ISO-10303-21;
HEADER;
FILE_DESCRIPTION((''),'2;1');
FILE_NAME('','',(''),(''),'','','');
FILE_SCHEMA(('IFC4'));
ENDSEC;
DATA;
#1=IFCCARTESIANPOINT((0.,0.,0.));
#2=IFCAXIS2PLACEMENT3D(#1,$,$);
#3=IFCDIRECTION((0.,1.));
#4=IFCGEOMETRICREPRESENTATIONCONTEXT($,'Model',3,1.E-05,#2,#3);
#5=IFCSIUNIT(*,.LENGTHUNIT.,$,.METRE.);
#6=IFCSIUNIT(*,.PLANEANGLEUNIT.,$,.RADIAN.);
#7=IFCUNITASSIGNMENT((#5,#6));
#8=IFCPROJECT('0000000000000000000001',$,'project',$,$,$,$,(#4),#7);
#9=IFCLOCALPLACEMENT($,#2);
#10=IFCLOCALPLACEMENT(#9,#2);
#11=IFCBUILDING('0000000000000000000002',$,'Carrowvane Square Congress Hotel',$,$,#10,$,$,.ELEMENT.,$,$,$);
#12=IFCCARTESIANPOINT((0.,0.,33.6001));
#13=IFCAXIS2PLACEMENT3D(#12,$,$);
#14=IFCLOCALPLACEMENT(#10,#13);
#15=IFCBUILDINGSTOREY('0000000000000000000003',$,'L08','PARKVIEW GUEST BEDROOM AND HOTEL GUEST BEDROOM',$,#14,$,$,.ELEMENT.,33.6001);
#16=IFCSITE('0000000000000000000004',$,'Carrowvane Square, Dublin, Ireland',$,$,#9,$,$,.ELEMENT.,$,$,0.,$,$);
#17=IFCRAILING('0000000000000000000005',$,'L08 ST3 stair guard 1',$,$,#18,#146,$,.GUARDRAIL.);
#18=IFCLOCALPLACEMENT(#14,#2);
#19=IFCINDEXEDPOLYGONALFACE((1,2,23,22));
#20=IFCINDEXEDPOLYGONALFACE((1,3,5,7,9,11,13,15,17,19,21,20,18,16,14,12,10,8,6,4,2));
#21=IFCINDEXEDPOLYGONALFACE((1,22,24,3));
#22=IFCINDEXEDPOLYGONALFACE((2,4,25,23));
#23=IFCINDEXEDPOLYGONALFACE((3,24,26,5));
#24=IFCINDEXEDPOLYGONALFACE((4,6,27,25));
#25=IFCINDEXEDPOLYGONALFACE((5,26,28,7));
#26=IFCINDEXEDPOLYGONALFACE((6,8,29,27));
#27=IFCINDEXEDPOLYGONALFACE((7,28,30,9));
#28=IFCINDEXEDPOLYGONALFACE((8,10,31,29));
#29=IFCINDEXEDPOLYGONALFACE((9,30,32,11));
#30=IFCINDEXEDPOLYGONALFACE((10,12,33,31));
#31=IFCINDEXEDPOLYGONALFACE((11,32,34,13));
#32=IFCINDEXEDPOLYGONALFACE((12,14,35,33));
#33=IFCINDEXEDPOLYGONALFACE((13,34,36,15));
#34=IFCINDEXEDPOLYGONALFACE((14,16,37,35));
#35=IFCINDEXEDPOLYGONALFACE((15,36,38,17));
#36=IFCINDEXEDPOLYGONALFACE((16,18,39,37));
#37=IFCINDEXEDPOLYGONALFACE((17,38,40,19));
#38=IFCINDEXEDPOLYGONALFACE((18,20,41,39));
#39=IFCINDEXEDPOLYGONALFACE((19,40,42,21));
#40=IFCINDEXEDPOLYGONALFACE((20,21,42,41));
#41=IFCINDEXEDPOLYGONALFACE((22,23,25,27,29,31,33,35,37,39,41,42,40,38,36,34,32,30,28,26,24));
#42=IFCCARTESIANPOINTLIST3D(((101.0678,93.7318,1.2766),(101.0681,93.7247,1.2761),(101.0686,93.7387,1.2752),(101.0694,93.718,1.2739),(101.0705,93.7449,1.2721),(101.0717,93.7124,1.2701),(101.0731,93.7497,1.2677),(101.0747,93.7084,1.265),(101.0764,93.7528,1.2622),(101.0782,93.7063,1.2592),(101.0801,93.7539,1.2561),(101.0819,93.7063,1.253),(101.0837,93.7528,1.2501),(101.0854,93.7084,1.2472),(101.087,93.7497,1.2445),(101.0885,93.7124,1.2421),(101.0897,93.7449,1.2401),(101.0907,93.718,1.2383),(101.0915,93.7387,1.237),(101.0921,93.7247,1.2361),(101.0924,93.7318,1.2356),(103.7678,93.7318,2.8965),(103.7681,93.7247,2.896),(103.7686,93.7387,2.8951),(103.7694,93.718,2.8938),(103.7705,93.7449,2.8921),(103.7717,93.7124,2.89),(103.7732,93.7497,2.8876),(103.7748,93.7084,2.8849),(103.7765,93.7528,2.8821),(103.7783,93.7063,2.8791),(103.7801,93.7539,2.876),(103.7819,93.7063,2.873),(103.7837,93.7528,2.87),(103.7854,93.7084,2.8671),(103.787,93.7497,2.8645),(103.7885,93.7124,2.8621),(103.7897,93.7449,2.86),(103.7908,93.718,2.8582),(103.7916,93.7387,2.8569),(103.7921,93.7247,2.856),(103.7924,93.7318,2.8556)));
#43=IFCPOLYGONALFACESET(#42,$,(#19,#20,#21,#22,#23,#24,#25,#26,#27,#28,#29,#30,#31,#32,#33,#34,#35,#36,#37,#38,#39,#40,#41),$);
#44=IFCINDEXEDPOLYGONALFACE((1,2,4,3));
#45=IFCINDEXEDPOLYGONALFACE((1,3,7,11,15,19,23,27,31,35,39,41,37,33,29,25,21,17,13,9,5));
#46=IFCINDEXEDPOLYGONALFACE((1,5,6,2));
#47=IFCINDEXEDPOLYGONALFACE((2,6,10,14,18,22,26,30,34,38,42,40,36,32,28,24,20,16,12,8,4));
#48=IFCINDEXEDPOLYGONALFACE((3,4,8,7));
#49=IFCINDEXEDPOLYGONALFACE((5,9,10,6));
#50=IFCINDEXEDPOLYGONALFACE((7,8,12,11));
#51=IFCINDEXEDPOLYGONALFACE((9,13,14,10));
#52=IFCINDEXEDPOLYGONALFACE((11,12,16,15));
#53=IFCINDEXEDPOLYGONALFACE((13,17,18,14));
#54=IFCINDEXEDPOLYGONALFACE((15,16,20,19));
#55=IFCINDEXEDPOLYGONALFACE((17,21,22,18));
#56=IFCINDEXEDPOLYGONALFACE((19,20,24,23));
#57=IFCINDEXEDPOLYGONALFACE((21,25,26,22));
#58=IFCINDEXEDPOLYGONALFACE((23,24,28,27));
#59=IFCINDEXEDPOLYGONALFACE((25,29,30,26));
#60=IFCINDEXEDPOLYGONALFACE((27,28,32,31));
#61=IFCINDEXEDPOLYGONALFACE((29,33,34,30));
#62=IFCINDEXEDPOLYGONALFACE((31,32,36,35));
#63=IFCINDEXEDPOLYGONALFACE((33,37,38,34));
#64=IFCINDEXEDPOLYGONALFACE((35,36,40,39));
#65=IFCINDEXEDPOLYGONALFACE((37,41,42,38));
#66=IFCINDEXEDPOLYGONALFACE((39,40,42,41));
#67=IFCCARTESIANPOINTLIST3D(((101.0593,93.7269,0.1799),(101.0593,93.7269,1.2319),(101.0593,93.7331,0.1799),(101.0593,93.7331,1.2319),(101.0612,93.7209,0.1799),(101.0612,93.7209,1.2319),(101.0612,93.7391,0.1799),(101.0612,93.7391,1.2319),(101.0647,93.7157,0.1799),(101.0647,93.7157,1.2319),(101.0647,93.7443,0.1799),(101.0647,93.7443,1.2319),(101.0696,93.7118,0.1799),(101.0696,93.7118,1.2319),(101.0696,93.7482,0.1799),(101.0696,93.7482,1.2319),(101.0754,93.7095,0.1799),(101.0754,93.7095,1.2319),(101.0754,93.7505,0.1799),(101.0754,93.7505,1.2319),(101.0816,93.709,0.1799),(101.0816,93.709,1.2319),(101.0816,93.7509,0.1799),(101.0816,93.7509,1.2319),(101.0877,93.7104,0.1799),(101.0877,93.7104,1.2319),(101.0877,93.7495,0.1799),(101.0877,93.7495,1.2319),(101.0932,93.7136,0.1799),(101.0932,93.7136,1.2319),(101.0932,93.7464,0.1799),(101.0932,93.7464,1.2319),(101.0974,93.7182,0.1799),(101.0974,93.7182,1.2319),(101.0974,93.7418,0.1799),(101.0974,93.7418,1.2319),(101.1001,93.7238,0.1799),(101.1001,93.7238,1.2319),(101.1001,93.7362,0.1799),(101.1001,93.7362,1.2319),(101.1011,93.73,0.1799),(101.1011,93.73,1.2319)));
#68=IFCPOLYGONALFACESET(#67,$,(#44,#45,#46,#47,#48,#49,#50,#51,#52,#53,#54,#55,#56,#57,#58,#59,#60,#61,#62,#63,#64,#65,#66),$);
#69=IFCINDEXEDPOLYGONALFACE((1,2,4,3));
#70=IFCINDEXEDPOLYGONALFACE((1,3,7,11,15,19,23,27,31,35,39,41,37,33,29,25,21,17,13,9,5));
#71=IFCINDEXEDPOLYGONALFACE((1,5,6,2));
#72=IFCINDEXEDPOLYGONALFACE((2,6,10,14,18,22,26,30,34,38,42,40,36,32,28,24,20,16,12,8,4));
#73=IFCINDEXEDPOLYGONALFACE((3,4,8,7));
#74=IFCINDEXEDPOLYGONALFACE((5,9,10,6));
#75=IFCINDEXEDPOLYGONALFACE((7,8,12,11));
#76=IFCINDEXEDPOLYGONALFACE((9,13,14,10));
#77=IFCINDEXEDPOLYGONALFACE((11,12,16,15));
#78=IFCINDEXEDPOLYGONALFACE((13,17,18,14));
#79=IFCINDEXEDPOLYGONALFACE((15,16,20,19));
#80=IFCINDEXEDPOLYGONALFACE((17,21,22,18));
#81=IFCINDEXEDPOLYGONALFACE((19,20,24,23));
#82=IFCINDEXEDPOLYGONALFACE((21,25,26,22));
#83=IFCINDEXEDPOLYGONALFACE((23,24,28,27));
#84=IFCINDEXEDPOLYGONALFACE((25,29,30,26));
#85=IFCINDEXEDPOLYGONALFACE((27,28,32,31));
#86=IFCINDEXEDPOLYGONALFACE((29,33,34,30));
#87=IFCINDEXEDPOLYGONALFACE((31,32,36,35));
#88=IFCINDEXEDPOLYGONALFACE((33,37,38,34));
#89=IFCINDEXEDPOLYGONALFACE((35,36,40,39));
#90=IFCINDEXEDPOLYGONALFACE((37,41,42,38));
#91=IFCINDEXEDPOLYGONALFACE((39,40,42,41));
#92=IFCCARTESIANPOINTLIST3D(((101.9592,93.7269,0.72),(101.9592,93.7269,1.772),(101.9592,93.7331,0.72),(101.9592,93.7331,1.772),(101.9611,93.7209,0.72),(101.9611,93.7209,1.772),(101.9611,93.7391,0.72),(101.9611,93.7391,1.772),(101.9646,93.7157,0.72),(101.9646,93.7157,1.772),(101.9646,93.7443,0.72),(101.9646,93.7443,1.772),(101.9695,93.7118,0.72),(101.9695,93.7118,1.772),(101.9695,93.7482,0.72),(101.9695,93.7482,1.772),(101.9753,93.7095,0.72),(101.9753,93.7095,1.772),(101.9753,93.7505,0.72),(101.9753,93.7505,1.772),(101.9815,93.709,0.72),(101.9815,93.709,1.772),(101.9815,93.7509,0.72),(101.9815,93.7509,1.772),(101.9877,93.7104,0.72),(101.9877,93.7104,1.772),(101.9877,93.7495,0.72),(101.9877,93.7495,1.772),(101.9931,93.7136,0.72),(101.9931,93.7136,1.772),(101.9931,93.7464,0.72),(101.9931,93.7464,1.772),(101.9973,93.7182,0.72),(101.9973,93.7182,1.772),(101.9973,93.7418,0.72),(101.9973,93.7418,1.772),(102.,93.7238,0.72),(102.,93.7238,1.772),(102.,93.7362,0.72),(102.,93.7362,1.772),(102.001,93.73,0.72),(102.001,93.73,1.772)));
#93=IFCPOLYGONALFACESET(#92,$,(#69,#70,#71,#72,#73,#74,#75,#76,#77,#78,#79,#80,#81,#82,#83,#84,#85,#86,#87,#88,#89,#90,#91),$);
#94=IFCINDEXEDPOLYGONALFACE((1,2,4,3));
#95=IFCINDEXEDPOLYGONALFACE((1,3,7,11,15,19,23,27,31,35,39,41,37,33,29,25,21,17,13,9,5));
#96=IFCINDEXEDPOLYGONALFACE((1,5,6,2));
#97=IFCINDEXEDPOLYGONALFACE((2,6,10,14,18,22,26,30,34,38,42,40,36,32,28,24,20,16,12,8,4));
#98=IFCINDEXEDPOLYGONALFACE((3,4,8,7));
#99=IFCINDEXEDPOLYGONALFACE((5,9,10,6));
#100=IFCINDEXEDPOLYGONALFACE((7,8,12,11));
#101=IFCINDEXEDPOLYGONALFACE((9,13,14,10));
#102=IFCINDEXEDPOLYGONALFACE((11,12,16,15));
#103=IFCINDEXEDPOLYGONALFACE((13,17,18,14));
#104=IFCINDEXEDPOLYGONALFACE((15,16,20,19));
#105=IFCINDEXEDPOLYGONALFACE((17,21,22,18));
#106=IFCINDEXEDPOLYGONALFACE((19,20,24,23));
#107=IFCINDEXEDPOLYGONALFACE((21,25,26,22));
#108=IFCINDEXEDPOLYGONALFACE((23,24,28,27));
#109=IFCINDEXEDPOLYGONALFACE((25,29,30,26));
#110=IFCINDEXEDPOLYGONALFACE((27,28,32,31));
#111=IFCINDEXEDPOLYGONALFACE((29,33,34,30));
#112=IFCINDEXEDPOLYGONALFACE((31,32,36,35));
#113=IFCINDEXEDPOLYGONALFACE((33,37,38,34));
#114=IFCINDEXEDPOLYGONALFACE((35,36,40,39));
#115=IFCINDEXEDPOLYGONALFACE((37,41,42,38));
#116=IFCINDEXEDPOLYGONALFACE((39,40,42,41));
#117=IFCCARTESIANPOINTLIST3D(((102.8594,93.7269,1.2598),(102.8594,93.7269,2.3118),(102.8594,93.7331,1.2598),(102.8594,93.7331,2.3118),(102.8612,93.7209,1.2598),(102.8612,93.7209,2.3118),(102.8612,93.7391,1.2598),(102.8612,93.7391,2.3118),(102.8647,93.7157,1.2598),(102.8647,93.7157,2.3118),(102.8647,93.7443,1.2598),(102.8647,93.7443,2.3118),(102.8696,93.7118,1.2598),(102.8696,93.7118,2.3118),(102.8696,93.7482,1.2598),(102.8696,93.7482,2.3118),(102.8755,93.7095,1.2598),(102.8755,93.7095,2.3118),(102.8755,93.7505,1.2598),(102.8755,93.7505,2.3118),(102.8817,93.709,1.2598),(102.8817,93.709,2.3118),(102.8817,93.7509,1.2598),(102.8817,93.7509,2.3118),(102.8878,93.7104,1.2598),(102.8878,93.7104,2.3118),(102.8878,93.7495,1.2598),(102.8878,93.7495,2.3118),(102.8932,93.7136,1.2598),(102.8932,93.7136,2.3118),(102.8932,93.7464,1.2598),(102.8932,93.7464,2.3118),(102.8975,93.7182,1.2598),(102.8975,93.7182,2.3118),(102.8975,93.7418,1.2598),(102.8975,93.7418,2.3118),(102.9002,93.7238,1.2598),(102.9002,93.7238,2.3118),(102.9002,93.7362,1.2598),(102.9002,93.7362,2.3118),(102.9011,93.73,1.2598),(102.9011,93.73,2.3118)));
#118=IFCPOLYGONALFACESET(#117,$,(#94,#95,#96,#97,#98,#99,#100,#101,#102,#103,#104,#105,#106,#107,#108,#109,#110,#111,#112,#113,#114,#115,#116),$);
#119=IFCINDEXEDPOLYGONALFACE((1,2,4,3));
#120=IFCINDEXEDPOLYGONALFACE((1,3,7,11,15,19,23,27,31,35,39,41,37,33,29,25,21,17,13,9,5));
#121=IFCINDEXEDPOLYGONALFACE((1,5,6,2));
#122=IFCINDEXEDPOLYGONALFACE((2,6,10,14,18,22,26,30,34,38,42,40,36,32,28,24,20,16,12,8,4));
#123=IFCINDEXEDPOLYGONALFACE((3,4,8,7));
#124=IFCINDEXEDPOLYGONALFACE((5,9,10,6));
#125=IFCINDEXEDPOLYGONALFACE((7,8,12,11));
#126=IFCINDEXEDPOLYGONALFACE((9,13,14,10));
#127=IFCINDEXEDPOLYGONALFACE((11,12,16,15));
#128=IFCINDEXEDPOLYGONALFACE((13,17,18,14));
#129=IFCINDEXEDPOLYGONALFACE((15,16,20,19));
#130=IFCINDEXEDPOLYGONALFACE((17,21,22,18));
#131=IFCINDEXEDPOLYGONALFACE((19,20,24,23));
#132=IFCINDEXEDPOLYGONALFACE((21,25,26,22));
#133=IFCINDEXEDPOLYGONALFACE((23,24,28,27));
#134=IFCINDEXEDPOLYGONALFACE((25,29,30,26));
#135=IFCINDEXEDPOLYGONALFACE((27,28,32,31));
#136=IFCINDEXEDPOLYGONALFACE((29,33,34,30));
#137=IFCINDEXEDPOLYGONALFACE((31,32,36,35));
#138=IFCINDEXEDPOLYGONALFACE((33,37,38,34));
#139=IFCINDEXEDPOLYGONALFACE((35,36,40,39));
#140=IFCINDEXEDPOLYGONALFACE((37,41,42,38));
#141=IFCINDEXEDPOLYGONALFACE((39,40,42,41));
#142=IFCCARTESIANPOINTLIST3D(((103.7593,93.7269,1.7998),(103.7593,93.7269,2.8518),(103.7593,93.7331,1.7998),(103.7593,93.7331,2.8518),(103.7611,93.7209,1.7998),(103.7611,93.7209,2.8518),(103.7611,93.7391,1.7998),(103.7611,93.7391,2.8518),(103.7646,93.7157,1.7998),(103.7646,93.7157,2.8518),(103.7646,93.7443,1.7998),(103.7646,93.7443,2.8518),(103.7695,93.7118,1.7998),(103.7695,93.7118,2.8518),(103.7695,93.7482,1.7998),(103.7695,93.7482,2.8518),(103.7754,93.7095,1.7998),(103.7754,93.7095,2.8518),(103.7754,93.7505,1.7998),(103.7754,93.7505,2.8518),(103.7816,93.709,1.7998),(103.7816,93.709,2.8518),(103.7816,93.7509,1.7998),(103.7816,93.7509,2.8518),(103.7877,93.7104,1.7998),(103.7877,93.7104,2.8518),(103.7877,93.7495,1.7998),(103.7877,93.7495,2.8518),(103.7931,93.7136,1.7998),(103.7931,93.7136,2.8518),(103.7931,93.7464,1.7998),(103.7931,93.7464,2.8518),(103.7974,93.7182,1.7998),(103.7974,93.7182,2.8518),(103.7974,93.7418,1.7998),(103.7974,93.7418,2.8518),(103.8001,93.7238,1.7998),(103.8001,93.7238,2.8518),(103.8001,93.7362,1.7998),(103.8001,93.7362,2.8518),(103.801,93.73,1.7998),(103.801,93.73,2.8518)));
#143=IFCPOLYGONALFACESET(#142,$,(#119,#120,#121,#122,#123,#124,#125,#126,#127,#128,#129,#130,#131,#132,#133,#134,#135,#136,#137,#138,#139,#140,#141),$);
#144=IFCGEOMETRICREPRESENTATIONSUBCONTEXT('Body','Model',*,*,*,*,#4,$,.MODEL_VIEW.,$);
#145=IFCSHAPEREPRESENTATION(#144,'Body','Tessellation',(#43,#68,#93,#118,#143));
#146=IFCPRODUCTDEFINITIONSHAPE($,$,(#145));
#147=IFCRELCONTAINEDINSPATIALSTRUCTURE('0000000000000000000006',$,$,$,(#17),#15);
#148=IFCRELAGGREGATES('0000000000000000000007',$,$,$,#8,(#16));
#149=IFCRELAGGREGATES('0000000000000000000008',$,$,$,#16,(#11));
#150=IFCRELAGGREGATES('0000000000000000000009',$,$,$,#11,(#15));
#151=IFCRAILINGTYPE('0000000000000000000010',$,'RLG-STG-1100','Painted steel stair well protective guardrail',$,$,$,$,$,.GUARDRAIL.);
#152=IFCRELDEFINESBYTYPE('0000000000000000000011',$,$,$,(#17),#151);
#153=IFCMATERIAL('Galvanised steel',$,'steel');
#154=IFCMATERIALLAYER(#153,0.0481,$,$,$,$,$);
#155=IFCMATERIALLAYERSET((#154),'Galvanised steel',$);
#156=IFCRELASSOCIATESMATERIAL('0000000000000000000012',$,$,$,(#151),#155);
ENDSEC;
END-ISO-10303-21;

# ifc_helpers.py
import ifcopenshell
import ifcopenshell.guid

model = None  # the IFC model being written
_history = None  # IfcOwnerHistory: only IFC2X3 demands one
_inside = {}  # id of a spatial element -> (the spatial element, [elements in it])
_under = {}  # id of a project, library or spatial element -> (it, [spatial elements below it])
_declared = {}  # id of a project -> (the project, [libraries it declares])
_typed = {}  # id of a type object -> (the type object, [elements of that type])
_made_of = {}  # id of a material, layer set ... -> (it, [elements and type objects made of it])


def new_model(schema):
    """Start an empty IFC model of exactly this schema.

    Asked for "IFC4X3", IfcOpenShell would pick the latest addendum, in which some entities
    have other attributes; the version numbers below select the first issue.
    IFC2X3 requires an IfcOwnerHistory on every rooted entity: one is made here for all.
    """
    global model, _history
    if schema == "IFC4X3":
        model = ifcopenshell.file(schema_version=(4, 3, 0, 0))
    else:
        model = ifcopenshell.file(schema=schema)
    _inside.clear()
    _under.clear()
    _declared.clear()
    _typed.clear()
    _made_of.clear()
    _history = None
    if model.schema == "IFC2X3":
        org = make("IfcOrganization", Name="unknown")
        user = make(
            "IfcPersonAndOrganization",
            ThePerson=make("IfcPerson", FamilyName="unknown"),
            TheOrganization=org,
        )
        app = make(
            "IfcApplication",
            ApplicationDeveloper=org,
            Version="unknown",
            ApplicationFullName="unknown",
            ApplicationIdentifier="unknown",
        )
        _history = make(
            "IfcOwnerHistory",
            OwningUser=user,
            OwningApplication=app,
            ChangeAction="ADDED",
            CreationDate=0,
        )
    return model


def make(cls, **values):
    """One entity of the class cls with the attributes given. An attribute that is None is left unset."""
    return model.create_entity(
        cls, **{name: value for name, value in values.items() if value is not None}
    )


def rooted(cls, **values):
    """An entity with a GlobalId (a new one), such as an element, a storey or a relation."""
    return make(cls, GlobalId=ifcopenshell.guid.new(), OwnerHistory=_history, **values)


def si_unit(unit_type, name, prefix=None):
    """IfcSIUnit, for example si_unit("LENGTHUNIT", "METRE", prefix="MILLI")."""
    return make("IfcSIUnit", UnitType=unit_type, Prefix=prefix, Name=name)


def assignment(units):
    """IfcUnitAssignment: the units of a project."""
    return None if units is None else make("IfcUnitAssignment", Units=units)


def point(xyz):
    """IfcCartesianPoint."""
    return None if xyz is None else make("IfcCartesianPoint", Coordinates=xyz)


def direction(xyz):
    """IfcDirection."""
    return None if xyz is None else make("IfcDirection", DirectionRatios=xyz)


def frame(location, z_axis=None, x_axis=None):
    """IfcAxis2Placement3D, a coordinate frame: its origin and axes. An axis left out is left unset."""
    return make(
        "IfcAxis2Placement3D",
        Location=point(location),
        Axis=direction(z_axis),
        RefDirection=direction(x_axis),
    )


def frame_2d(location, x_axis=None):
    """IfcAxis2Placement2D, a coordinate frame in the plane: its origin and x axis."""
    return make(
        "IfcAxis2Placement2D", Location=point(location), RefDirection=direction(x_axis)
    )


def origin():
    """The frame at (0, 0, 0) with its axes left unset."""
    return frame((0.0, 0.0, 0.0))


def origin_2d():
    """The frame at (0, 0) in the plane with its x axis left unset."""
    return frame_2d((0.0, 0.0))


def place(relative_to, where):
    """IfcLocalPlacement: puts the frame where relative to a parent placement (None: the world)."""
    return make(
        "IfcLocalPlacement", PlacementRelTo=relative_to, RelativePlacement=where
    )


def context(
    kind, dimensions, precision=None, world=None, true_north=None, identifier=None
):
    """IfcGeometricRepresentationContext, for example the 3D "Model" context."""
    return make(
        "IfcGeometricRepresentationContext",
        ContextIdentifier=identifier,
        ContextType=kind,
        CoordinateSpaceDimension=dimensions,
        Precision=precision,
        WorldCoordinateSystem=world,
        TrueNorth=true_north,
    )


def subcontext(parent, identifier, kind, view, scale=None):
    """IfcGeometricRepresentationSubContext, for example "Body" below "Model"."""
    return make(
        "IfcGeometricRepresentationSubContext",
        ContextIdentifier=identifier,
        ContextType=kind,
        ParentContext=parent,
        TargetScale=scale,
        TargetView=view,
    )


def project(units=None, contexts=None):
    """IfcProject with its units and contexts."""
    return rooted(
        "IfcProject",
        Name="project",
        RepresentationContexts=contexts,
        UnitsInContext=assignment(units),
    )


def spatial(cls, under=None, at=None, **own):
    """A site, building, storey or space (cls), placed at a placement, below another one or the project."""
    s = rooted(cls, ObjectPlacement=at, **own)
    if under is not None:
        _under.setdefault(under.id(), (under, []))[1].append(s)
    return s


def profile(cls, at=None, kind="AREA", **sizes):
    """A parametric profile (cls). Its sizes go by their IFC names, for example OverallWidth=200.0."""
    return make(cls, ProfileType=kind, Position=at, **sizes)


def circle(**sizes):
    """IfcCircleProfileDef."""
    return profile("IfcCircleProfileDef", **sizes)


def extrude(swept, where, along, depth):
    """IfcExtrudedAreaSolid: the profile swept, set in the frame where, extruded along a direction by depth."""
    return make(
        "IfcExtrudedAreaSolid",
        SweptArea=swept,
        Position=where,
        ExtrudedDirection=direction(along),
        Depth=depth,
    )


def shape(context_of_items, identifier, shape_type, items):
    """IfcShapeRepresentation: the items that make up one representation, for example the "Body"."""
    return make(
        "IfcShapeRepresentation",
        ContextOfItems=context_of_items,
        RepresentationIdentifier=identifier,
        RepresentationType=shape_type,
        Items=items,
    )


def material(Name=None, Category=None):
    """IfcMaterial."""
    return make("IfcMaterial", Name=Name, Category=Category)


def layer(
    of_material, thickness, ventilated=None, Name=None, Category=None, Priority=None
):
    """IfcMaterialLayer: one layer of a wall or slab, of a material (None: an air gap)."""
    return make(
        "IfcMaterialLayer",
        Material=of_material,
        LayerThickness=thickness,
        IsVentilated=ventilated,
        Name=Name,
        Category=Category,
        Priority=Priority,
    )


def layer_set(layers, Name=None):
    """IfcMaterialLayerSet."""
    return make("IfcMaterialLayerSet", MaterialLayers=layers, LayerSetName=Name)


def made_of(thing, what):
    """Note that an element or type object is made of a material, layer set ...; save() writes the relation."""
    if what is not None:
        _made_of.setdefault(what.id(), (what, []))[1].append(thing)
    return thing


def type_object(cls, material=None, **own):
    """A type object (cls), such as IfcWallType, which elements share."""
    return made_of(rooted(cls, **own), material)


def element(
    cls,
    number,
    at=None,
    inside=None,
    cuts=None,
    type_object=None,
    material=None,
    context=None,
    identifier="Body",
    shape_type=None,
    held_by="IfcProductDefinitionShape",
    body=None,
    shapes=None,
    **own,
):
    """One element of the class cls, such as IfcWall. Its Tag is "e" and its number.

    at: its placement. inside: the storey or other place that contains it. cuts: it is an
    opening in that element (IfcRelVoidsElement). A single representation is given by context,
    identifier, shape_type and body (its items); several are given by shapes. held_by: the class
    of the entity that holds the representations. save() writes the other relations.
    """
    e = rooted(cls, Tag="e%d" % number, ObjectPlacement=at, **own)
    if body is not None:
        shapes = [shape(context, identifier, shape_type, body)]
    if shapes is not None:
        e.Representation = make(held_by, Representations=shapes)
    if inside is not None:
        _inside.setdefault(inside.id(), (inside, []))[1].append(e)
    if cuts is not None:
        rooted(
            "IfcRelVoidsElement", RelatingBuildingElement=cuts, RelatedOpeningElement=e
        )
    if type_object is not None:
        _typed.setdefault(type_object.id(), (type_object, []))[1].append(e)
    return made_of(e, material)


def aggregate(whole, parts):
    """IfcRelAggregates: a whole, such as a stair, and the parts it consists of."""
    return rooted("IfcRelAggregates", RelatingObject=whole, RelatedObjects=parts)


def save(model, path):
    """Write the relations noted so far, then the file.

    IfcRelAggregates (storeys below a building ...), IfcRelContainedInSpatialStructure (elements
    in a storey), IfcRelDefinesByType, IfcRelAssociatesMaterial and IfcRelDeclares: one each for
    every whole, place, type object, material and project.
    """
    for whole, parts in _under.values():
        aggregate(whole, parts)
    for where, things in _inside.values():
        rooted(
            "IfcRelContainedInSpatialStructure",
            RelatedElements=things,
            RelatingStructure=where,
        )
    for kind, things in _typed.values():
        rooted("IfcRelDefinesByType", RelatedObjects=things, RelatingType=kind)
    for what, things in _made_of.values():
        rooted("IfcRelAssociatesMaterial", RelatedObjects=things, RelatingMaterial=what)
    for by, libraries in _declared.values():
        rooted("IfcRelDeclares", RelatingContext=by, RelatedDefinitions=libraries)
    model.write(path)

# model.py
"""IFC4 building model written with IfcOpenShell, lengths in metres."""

from ifc_helpers import new_model, si_unit, direction, frame, origin, origin_2d, place, context, subcontext, project, spatial, circle, extrude, material, layer, layer_set, type_object, element, save


model = new_model("IFC4")

# Units and contexts
model_context = context("Model", 3, precision=1e-05, world=origin(), true_north=direction((0.0, 1.0)))
body_context = subcontext(model_context, "Body", "Model", "MODEL_VIEW")
ifc_project = project(units=[si_unit("LENGTHUNIT", "METRE"), si_unit("PLANEANGLEUNIT", "RADIAN")], contexts=[model_context])

# Site, building, storey
site_placement = place(None, origin())
site = spatial("IfcSite", under=ifc_project, at=site_placement, Name="Carrowvane Square, Dublin, Ireland", CompositionType="ELEMENT", RefElevation=0.0)
building_placement = place(site_placement, origin())
building = spatial("IfcBuilding", under=site, at=building_placement, Name="Carrowvane Square Congress Hotel", CompositionType="ELEMENT")
storey_placement = place(building_placement, frame((0.0, 0.0, 33.6001)))
storey = spatial("IfcBuildingStorey", under=building, at=storey_placement, Name="L08", Description="PARKVIEW GUEST BEDROOM AND HOTEL GUEST BEDROOM", CompositionType="ELEMENT", Elevation=33.6001)

# Railing
ifc_material_1 = material(Name="Galvanised steel", Category="steel")
ifc_layer_1 = layer(ifc_material_1, 0.0481)
ifc_layer_set_1 = layer_set([ifc_layer_1], Name="Galvanised steel")
railing_type_1 = type_object("IfcRailingType", Name="RLG-STG-1100", Description="Painted steel stair well protective guardrail", PredefinedType="GUARDRAIL", material=ifc_layer_set_1)
railing_1_placement = place(storey_placement, frame((101.0801, 93.73, 0.1799)))
element("IfcRailing", 1, at=railing_1_placement, inside=storey, type_object=railing_type_1, Name="L08 ST3 stair guard 1", PredefinedType="GUARDRAIL", context=body_context, shape_type="SweptSolid", body=[
    extrude(circle(Radius=0.0239, at=origin_2d()), frame((0.0, 0.0, 1.0762), z_axis=(0.857507, 0.0, 0.514473), x_axis=(0.0, 1.0, 0.0)), (0.0, 0.0, 1.0), 3.1487),
    extrude(circle(Radius=0.021, at=origin_2d()), origin(), (0.0, 0.0, 1.0), 1.052),
    extrude(circle(Radius=0.021, at=origin_2d()), frame((0.8999, 0.0, 0.54)), (0.0, 0.0, 1.0), 1.052),
    extrude(circle(Radius=0.021, at=origin_2d()), frame((1.8, 0.0, 1.0798)), (0.0, 0.0, 1.0), 1.052),
    extrude(circle(Radius=0.021, at=origin_2d()), frame((2.7, 0.0, 1.6199)), (0.0, 0.0, 1.0), 1.052),
])

save(model, "model.ifc")
